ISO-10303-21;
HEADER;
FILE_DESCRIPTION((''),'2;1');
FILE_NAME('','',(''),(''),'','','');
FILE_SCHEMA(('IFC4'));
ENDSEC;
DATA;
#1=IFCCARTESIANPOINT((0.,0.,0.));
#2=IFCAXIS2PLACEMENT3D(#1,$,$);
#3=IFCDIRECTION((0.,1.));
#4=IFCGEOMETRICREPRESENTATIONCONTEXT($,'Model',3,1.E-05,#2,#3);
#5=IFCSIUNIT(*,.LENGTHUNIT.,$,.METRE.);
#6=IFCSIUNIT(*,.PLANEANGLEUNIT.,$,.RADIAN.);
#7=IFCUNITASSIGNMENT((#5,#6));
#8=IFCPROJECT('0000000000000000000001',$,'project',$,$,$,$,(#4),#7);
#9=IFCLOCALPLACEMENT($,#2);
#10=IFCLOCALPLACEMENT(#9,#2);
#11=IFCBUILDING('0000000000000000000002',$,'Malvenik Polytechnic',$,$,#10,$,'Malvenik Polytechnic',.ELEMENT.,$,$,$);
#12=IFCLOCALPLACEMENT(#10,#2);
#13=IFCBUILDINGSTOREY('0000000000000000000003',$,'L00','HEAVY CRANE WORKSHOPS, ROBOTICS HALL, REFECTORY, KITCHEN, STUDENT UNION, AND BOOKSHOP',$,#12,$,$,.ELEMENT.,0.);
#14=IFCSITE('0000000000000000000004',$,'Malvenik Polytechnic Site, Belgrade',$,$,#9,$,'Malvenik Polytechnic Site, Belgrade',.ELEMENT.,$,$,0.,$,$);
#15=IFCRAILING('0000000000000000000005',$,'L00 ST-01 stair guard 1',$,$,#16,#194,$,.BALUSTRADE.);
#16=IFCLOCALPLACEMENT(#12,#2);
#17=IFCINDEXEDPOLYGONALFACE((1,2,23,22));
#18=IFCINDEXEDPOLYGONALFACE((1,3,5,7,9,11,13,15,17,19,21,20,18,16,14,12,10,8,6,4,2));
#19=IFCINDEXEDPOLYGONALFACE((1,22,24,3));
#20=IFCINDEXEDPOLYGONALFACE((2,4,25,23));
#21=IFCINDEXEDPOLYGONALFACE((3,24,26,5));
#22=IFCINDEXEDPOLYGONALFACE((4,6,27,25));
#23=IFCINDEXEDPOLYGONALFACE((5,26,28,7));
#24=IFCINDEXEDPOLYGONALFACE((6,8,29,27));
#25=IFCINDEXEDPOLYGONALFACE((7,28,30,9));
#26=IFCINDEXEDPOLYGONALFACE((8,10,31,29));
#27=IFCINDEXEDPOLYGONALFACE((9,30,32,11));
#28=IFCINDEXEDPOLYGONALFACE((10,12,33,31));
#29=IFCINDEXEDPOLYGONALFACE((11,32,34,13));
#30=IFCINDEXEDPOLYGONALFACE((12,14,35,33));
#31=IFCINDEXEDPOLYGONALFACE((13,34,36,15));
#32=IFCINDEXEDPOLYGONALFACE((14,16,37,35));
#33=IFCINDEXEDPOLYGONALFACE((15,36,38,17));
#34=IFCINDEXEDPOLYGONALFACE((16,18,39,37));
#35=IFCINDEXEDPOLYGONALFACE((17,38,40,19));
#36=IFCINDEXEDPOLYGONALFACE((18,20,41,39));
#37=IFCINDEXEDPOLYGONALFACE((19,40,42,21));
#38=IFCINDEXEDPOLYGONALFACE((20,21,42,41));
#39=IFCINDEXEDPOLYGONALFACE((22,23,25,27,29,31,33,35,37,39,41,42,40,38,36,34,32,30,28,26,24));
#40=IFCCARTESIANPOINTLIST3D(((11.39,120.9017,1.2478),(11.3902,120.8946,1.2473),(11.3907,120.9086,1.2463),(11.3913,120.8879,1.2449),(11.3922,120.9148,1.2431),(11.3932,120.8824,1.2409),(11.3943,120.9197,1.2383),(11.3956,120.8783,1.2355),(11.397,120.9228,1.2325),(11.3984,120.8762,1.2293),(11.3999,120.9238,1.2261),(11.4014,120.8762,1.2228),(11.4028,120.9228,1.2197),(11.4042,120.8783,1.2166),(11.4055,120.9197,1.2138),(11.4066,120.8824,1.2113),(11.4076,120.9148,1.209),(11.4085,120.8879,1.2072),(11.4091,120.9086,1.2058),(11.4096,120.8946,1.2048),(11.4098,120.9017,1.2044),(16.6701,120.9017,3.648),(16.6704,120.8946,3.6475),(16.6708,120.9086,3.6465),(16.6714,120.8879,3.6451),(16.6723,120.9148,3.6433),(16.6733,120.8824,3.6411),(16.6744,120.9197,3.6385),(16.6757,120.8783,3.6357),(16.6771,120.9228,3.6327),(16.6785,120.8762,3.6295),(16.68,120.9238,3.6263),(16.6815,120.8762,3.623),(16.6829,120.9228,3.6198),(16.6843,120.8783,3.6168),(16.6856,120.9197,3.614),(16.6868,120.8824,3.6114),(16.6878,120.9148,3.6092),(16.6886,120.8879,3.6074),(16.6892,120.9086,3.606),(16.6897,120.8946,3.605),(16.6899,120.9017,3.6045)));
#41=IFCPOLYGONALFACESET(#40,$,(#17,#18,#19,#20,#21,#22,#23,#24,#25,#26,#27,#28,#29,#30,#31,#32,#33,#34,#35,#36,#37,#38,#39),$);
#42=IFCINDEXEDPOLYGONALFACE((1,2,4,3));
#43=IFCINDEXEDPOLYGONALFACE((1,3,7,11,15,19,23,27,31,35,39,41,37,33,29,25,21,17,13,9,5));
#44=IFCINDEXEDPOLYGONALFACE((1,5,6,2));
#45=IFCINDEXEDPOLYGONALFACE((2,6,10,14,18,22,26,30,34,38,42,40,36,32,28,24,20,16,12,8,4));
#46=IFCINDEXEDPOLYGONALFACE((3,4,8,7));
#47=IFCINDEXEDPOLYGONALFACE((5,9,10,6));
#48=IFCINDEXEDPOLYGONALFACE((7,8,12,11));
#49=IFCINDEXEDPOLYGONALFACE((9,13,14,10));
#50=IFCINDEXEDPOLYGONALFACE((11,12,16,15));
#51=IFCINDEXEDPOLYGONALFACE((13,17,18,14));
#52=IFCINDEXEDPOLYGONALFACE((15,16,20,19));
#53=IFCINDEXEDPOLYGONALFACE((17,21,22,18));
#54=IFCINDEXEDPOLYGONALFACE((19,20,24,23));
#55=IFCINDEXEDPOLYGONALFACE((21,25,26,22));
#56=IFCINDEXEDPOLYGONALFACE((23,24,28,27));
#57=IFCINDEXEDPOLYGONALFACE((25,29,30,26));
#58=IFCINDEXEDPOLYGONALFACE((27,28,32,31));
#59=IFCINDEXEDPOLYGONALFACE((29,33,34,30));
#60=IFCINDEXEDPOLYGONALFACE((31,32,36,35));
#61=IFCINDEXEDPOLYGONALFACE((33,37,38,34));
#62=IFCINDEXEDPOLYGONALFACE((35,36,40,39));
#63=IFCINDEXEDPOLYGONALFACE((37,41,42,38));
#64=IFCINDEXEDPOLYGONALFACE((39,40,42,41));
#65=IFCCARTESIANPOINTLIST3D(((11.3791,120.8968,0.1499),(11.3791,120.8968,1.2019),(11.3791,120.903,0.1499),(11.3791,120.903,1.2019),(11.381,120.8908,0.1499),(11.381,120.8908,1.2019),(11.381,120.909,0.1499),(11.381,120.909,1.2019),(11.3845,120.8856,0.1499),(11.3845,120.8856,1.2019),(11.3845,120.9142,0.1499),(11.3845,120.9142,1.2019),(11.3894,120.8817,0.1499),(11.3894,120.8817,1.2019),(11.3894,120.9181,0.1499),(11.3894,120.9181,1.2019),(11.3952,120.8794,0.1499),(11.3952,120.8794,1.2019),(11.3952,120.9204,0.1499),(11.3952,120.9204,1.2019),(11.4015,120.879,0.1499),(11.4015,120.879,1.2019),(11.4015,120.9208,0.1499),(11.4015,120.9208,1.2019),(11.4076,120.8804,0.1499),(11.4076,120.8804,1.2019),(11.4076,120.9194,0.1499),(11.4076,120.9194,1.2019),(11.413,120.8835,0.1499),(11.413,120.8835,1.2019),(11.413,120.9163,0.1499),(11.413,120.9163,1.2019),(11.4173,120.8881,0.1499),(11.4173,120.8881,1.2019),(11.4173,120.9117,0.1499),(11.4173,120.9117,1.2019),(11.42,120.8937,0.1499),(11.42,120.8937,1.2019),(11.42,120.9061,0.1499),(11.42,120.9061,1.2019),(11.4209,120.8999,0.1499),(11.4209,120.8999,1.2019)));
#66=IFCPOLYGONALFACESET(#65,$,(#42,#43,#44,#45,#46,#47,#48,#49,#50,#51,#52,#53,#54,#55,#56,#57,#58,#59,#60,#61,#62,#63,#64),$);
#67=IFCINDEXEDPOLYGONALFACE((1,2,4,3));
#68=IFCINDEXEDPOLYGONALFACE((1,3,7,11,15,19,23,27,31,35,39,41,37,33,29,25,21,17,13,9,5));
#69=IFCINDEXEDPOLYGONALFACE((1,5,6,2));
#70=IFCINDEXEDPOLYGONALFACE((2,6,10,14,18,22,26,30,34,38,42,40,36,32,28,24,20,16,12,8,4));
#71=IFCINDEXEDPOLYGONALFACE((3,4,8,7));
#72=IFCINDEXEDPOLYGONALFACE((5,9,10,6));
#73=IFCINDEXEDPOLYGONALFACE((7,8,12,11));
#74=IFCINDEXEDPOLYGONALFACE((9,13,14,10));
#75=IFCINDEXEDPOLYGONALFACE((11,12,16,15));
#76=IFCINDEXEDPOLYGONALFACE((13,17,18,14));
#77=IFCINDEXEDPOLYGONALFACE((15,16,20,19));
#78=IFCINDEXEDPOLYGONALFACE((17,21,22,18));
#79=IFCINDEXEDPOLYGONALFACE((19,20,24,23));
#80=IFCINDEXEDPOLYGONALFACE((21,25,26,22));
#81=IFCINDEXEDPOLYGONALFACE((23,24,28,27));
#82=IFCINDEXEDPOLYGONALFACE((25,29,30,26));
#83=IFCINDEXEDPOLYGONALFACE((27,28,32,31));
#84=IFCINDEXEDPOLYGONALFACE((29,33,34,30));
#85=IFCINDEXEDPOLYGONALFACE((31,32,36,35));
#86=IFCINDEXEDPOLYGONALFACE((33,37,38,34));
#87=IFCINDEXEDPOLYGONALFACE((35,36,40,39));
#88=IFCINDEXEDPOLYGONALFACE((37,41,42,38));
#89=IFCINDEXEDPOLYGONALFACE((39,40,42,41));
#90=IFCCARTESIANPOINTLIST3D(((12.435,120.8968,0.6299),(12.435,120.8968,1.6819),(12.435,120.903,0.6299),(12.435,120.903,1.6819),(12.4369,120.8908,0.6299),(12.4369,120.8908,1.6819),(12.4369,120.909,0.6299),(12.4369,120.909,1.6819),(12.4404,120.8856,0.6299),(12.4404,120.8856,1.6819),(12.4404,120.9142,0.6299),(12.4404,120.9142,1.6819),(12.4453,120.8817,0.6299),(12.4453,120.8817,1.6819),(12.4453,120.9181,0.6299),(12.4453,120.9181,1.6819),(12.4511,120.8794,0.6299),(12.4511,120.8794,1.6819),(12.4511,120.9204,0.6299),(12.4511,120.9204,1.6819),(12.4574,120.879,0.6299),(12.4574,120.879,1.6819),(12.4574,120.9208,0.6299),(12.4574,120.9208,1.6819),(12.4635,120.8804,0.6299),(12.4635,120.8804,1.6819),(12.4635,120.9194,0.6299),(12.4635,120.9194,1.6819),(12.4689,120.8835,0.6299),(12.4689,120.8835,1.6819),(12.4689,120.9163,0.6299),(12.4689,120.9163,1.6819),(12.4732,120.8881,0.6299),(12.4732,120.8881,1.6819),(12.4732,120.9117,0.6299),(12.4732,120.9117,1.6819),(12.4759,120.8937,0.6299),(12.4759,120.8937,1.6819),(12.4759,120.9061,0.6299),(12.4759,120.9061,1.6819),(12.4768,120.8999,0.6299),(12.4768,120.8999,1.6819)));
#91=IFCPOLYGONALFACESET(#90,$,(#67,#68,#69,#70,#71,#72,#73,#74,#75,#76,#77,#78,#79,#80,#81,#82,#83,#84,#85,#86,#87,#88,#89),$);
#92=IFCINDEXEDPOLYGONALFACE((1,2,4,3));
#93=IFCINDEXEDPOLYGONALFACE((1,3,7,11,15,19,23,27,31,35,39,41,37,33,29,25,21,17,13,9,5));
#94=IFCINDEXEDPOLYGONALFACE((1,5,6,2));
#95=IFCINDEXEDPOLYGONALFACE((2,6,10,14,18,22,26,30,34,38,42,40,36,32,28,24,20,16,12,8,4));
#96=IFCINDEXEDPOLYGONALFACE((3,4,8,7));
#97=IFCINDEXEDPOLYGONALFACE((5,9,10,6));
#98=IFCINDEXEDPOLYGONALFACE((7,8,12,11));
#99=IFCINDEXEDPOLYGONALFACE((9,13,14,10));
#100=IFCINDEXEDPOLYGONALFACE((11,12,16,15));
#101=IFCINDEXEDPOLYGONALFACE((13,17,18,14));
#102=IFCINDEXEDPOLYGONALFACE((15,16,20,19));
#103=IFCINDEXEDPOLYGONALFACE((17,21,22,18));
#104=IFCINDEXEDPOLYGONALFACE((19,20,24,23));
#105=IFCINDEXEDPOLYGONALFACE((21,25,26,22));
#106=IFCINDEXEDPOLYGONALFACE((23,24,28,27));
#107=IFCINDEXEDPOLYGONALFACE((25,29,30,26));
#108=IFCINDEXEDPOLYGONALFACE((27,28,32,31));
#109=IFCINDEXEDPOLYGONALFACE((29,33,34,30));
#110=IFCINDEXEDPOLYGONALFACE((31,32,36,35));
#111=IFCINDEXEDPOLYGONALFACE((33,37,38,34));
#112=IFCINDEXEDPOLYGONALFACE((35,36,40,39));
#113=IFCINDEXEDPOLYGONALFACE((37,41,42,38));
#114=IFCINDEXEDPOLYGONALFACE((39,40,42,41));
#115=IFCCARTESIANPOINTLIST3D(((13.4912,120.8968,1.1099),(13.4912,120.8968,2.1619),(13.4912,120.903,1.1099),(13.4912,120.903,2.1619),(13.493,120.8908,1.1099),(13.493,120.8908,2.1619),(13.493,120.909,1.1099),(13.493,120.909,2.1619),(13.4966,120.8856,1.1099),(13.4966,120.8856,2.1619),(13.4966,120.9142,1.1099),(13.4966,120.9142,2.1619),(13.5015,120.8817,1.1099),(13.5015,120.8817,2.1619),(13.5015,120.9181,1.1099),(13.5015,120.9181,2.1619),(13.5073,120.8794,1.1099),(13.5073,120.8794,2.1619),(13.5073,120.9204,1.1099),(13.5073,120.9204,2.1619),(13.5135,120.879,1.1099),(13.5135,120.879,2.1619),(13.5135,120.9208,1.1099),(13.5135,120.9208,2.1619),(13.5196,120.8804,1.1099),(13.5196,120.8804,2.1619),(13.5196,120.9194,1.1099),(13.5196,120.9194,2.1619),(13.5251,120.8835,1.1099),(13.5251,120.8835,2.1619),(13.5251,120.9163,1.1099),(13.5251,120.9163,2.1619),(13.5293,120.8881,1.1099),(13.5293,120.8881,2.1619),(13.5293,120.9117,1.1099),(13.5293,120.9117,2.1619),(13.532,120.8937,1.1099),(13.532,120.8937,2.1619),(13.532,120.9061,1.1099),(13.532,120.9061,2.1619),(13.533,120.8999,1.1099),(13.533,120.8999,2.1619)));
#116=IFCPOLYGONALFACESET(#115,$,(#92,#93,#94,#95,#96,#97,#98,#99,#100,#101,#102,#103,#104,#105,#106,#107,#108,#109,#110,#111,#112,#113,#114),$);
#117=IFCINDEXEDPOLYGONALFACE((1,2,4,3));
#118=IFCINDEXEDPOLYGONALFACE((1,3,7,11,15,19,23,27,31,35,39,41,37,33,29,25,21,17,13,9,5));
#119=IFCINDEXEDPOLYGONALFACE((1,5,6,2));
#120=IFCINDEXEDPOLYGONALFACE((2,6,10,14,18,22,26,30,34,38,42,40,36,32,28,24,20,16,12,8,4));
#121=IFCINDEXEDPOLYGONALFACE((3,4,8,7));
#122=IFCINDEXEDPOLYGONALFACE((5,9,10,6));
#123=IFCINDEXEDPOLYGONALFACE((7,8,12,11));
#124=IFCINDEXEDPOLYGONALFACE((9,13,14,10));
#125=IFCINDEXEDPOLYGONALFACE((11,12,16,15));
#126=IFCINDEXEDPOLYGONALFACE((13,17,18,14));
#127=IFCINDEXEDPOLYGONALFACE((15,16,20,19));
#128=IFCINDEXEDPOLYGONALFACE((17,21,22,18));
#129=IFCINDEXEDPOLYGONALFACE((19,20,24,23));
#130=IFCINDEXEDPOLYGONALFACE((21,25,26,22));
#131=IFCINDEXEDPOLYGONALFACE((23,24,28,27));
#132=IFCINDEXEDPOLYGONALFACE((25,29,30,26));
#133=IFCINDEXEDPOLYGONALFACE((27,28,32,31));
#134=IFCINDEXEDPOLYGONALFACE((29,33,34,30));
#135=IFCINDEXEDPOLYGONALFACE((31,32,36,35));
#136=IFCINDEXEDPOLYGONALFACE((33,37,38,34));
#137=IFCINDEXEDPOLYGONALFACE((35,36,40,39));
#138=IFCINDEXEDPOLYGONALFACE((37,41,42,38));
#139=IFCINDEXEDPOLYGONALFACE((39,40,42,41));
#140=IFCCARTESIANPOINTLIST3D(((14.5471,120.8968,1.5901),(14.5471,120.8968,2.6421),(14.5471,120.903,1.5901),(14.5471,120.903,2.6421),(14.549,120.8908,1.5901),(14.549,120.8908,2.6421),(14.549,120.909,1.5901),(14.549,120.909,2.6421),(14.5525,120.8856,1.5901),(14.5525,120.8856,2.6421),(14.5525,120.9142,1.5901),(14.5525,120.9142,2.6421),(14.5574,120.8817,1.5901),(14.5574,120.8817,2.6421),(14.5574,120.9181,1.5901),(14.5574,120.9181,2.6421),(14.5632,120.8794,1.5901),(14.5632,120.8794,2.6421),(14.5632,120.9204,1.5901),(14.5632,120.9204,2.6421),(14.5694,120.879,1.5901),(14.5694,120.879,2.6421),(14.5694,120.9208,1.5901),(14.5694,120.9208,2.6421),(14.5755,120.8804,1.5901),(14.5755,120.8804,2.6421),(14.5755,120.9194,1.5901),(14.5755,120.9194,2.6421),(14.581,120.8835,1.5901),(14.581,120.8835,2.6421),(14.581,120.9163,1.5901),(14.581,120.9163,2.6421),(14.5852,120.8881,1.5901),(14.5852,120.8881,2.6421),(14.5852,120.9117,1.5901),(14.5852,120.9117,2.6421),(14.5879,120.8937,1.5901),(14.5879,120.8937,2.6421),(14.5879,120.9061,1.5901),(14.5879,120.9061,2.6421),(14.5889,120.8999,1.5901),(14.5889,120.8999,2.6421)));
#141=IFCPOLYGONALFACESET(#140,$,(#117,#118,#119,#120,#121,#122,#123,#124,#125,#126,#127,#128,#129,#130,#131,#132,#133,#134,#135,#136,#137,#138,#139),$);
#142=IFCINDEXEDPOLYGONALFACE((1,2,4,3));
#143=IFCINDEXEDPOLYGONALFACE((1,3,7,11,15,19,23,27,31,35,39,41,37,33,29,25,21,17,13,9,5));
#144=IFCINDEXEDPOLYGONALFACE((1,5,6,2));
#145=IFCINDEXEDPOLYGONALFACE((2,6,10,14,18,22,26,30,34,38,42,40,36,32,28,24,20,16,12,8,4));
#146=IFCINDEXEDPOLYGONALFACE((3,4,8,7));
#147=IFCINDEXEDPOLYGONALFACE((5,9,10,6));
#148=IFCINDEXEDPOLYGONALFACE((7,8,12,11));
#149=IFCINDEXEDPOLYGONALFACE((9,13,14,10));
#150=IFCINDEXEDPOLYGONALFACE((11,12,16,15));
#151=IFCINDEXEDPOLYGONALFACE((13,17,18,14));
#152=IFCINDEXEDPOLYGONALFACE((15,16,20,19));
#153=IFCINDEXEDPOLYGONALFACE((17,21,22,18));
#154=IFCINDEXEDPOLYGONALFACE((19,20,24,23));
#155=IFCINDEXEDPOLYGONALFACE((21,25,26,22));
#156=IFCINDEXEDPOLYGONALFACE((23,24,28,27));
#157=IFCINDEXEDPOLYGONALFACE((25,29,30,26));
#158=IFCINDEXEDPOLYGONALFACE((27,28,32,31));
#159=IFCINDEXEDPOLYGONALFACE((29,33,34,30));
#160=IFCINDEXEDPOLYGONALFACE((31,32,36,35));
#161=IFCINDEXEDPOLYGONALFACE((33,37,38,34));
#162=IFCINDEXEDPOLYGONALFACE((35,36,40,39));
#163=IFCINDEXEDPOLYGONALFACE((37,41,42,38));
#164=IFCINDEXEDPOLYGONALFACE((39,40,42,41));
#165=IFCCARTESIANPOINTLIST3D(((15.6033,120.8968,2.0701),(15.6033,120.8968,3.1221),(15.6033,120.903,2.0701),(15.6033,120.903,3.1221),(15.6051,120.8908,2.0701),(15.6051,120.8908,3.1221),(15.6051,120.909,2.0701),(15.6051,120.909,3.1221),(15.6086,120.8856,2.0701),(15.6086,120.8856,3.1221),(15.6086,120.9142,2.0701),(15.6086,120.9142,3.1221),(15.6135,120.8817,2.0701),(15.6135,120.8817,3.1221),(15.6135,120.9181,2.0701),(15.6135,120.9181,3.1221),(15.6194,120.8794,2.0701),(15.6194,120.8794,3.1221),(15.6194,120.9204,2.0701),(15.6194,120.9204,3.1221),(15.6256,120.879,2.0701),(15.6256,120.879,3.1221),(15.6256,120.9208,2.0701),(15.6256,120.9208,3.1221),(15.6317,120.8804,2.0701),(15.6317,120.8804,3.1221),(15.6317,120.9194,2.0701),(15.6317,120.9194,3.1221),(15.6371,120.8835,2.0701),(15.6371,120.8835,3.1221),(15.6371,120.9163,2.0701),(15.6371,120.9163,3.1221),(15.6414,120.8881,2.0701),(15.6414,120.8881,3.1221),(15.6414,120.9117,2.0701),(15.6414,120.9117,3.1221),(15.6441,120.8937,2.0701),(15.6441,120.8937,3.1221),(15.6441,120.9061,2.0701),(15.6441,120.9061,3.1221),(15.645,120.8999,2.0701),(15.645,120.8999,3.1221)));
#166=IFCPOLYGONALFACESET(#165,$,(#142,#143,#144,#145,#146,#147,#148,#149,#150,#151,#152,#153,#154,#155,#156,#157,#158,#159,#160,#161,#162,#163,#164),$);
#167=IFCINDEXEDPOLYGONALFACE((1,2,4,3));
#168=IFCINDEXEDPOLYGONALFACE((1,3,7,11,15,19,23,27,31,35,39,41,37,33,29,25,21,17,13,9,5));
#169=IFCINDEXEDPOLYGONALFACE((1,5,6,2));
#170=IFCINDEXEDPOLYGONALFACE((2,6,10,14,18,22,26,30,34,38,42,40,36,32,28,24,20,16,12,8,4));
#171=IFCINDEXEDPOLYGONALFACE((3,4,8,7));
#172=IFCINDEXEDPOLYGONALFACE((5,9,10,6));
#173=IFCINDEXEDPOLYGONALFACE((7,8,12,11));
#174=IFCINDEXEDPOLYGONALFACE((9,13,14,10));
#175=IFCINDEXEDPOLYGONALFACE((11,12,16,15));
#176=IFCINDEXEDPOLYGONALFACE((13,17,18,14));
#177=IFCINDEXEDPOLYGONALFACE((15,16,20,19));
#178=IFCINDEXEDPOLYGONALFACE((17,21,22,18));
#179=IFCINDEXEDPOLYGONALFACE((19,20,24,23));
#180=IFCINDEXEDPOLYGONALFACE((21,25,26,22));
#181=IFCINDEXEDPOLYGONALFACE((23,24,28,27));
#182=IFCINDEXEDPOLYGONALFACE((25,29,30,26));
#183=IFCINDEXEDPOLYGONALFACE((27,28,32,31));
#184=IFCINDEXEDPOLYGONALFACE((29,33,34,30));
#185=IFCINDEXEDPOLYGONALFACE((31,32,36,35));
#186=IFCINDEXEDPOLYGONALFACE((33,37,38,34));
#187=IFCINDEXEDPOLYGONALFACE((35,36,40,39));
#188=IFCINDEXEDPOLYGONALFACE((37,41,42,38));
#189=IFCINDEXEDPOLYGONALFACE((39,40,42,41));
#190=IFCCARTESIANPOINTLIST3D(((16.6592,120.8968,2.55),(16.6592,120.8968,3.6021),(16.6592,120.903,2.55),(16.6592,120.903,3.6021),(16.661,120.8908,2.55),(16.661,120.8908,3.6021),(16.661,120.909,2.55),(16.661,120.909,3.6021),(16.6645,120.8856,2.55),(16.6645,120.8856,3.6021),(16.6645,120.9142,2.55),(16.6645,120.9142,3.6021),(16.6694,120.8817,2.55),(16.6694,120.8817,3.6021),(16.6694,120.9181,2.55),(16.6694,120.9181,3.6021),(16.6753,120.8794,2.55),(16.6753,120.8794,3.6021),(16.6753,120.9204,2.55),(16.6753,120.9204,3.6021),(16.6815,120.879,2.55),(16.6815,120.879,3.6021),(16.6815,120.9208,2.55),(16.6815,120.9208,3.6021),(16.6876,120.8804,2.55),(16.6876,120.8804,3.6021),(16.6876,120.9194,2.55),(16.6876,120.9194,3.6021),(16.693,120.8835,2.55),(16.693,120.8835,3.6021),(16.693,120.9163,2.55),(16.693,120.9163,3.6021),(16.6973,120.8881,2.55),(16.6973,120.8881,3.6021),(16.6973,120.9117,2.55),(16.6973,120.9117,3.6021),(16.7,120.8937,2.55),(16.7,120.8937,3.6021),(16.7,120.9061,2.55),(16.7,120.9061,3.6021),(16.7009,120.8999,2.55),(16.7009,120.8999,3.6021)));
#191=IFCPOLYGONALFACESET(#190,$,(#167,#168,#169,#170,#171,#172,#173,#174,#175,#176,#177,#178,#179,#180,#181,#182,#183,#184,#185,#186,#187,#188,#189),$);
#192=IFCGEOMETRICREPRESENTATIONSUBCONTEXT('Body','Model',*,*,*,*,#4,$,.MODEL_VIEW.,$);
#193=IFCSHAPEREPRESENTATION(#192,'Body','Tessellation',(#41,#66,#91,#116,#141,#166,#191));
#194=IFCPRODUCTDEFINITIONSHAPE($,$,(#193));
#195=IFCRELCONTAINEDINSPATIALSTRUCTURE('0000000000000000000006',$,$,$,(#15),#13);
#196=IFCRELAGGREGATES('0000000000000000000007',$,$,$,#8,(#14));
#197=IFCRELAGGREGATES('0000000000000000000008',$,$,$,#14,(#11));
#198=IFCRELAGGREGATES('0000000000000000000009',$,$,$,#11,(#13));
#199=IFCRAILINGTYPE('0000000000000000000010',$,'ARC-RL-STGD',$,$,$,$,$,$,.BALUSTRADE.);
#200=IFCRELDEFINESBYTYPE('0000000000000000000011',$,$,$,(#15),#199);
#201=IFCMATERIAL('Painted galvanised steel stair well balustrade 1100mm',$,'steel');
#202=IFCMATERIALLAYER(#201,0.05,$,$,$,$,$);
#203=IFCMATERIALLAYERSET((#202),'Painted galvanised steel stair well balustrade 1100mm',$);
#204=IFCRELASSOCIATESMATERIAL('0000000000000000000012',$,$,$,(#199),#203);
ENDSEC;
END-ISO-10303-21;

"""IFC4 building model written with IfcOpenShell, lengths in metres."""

from ifc_helpers import new_model, si_unit, direction, frame, origin, origin_2d, place, context, subcontext, project, spatial, circle, extrude, material, layer, layer_set, type_object, element, save


model = new_model("IFC4")

# Units and contexts
model_context = context("Model", 3, precision=1e-05, world=origin(), true_north=direction((0.0, 1.0)))
body_context = subcontext(model_context, "Body", "Model", "MODEL_VIEW")
ifc_project = project(units=[si_unit("LENGTHUNIT", "METRE"), si_unit("PLANEANGLEUNIT", "RADIAN")], contexts=[model_context])

# Site, building, storey
site_placement = place(None, origin())
site = spatial("IfcSite", under=ifc_project, at=site_placement, Name="Malvenik Polytechnic Site, Belgrade", LongName="Malvenik Polytechnic Site, Belgrade", CompositionType="ELEMENT", RefElevation=0.0)
building_placement = place(site_placement, origin())
building = spatial("IfcBuilding", under=site, at=building_placement, Name="Malvenik Polytechnic", LongName="Malvenik Polytechnic", CompositionType="ELEMENT")
storey_placement = place(building_placement, origin())
storey = spatial("IfcBuildingStorey", under=building, at=storey_placement, Name="L00", Description="HEAVY CRANE WORKSHOPS, ROBOTICS HALL, REFECTORY, KITCHEN, STUDENT UNION, AND BOOKSHOP", CompositionType="ELEMENT", Elevation=0.0)

# Railing
ifc_material_1 = material(Name="Painted galvanised steel stair well balustrade 1100mm", Category="steel")
ifc_layer_1 = layer(ifc_material_1, 0.05)
ifc_layer_set_1 = layer_set([ifc_layer_1], Name="Painted galvanised steel stair well balustrade 1100mm")
railing_type_1 = type_object("IfcRailingType", Name="ARC-RL-STGD", PredefinedType="BALUSTRADE", material=ifc_layer_set_1)
railing_1_placement = place(storey_placement, frame((11.3999, 120.8999, 0.1499)))
element("IfcRailing", 1, at=railing_1_placement, inside=storey, type_object=railing_type_1, Name="L00 ST-01 stair guard 1", PredefinedType="BALUSTRADE", context=body_context, shape_type="SweptSolid", body=[
    extrude(circle(Radius=0.0239, at=origin_2d()), frame((0.0, 0.0, 1.0762), z_axis=(0.910358, 0.0, 0.413822), x_axis=(0.0, 1.0, 0.0)), (0.0, 0.0, 1.0), 5.8),
    extrude(circle(Radius=0.021, at=origin_2d()), origin(), (0.0, 0.0, 1.0), 1.052),
    extrude(circle(Radius=0.021, at=origin_2d()), frame((1.0559, 0.0, 0.48)), (0.0, 0.0, 1.0), 1.052),
    extrude(circle(Radius=0.021, at=origin_2d()), frame((2.1121, 0.0, 0.96)), (0.0, 0.0, 1.0), 1.052),
    extrude(circle(Radius=0.021, at=origin_2d()), frame((3.168, 0.0, 1.4402)), (0.0, 0.0, 1.0), 1.052),
    extrude(circle(Radius=0.021, at=origin_2d()), frame((4.2241, 0.0, 1.9202)), (0.0, 0.0, 1.0), 1.052),
    extrude(circle(Radius=0.021, at=origin_2d()), frame((5.28, 0.0, 2.4001)), (0.0, 0.0, 1.0), 1.052),
])

save(model, "model.ifc")
